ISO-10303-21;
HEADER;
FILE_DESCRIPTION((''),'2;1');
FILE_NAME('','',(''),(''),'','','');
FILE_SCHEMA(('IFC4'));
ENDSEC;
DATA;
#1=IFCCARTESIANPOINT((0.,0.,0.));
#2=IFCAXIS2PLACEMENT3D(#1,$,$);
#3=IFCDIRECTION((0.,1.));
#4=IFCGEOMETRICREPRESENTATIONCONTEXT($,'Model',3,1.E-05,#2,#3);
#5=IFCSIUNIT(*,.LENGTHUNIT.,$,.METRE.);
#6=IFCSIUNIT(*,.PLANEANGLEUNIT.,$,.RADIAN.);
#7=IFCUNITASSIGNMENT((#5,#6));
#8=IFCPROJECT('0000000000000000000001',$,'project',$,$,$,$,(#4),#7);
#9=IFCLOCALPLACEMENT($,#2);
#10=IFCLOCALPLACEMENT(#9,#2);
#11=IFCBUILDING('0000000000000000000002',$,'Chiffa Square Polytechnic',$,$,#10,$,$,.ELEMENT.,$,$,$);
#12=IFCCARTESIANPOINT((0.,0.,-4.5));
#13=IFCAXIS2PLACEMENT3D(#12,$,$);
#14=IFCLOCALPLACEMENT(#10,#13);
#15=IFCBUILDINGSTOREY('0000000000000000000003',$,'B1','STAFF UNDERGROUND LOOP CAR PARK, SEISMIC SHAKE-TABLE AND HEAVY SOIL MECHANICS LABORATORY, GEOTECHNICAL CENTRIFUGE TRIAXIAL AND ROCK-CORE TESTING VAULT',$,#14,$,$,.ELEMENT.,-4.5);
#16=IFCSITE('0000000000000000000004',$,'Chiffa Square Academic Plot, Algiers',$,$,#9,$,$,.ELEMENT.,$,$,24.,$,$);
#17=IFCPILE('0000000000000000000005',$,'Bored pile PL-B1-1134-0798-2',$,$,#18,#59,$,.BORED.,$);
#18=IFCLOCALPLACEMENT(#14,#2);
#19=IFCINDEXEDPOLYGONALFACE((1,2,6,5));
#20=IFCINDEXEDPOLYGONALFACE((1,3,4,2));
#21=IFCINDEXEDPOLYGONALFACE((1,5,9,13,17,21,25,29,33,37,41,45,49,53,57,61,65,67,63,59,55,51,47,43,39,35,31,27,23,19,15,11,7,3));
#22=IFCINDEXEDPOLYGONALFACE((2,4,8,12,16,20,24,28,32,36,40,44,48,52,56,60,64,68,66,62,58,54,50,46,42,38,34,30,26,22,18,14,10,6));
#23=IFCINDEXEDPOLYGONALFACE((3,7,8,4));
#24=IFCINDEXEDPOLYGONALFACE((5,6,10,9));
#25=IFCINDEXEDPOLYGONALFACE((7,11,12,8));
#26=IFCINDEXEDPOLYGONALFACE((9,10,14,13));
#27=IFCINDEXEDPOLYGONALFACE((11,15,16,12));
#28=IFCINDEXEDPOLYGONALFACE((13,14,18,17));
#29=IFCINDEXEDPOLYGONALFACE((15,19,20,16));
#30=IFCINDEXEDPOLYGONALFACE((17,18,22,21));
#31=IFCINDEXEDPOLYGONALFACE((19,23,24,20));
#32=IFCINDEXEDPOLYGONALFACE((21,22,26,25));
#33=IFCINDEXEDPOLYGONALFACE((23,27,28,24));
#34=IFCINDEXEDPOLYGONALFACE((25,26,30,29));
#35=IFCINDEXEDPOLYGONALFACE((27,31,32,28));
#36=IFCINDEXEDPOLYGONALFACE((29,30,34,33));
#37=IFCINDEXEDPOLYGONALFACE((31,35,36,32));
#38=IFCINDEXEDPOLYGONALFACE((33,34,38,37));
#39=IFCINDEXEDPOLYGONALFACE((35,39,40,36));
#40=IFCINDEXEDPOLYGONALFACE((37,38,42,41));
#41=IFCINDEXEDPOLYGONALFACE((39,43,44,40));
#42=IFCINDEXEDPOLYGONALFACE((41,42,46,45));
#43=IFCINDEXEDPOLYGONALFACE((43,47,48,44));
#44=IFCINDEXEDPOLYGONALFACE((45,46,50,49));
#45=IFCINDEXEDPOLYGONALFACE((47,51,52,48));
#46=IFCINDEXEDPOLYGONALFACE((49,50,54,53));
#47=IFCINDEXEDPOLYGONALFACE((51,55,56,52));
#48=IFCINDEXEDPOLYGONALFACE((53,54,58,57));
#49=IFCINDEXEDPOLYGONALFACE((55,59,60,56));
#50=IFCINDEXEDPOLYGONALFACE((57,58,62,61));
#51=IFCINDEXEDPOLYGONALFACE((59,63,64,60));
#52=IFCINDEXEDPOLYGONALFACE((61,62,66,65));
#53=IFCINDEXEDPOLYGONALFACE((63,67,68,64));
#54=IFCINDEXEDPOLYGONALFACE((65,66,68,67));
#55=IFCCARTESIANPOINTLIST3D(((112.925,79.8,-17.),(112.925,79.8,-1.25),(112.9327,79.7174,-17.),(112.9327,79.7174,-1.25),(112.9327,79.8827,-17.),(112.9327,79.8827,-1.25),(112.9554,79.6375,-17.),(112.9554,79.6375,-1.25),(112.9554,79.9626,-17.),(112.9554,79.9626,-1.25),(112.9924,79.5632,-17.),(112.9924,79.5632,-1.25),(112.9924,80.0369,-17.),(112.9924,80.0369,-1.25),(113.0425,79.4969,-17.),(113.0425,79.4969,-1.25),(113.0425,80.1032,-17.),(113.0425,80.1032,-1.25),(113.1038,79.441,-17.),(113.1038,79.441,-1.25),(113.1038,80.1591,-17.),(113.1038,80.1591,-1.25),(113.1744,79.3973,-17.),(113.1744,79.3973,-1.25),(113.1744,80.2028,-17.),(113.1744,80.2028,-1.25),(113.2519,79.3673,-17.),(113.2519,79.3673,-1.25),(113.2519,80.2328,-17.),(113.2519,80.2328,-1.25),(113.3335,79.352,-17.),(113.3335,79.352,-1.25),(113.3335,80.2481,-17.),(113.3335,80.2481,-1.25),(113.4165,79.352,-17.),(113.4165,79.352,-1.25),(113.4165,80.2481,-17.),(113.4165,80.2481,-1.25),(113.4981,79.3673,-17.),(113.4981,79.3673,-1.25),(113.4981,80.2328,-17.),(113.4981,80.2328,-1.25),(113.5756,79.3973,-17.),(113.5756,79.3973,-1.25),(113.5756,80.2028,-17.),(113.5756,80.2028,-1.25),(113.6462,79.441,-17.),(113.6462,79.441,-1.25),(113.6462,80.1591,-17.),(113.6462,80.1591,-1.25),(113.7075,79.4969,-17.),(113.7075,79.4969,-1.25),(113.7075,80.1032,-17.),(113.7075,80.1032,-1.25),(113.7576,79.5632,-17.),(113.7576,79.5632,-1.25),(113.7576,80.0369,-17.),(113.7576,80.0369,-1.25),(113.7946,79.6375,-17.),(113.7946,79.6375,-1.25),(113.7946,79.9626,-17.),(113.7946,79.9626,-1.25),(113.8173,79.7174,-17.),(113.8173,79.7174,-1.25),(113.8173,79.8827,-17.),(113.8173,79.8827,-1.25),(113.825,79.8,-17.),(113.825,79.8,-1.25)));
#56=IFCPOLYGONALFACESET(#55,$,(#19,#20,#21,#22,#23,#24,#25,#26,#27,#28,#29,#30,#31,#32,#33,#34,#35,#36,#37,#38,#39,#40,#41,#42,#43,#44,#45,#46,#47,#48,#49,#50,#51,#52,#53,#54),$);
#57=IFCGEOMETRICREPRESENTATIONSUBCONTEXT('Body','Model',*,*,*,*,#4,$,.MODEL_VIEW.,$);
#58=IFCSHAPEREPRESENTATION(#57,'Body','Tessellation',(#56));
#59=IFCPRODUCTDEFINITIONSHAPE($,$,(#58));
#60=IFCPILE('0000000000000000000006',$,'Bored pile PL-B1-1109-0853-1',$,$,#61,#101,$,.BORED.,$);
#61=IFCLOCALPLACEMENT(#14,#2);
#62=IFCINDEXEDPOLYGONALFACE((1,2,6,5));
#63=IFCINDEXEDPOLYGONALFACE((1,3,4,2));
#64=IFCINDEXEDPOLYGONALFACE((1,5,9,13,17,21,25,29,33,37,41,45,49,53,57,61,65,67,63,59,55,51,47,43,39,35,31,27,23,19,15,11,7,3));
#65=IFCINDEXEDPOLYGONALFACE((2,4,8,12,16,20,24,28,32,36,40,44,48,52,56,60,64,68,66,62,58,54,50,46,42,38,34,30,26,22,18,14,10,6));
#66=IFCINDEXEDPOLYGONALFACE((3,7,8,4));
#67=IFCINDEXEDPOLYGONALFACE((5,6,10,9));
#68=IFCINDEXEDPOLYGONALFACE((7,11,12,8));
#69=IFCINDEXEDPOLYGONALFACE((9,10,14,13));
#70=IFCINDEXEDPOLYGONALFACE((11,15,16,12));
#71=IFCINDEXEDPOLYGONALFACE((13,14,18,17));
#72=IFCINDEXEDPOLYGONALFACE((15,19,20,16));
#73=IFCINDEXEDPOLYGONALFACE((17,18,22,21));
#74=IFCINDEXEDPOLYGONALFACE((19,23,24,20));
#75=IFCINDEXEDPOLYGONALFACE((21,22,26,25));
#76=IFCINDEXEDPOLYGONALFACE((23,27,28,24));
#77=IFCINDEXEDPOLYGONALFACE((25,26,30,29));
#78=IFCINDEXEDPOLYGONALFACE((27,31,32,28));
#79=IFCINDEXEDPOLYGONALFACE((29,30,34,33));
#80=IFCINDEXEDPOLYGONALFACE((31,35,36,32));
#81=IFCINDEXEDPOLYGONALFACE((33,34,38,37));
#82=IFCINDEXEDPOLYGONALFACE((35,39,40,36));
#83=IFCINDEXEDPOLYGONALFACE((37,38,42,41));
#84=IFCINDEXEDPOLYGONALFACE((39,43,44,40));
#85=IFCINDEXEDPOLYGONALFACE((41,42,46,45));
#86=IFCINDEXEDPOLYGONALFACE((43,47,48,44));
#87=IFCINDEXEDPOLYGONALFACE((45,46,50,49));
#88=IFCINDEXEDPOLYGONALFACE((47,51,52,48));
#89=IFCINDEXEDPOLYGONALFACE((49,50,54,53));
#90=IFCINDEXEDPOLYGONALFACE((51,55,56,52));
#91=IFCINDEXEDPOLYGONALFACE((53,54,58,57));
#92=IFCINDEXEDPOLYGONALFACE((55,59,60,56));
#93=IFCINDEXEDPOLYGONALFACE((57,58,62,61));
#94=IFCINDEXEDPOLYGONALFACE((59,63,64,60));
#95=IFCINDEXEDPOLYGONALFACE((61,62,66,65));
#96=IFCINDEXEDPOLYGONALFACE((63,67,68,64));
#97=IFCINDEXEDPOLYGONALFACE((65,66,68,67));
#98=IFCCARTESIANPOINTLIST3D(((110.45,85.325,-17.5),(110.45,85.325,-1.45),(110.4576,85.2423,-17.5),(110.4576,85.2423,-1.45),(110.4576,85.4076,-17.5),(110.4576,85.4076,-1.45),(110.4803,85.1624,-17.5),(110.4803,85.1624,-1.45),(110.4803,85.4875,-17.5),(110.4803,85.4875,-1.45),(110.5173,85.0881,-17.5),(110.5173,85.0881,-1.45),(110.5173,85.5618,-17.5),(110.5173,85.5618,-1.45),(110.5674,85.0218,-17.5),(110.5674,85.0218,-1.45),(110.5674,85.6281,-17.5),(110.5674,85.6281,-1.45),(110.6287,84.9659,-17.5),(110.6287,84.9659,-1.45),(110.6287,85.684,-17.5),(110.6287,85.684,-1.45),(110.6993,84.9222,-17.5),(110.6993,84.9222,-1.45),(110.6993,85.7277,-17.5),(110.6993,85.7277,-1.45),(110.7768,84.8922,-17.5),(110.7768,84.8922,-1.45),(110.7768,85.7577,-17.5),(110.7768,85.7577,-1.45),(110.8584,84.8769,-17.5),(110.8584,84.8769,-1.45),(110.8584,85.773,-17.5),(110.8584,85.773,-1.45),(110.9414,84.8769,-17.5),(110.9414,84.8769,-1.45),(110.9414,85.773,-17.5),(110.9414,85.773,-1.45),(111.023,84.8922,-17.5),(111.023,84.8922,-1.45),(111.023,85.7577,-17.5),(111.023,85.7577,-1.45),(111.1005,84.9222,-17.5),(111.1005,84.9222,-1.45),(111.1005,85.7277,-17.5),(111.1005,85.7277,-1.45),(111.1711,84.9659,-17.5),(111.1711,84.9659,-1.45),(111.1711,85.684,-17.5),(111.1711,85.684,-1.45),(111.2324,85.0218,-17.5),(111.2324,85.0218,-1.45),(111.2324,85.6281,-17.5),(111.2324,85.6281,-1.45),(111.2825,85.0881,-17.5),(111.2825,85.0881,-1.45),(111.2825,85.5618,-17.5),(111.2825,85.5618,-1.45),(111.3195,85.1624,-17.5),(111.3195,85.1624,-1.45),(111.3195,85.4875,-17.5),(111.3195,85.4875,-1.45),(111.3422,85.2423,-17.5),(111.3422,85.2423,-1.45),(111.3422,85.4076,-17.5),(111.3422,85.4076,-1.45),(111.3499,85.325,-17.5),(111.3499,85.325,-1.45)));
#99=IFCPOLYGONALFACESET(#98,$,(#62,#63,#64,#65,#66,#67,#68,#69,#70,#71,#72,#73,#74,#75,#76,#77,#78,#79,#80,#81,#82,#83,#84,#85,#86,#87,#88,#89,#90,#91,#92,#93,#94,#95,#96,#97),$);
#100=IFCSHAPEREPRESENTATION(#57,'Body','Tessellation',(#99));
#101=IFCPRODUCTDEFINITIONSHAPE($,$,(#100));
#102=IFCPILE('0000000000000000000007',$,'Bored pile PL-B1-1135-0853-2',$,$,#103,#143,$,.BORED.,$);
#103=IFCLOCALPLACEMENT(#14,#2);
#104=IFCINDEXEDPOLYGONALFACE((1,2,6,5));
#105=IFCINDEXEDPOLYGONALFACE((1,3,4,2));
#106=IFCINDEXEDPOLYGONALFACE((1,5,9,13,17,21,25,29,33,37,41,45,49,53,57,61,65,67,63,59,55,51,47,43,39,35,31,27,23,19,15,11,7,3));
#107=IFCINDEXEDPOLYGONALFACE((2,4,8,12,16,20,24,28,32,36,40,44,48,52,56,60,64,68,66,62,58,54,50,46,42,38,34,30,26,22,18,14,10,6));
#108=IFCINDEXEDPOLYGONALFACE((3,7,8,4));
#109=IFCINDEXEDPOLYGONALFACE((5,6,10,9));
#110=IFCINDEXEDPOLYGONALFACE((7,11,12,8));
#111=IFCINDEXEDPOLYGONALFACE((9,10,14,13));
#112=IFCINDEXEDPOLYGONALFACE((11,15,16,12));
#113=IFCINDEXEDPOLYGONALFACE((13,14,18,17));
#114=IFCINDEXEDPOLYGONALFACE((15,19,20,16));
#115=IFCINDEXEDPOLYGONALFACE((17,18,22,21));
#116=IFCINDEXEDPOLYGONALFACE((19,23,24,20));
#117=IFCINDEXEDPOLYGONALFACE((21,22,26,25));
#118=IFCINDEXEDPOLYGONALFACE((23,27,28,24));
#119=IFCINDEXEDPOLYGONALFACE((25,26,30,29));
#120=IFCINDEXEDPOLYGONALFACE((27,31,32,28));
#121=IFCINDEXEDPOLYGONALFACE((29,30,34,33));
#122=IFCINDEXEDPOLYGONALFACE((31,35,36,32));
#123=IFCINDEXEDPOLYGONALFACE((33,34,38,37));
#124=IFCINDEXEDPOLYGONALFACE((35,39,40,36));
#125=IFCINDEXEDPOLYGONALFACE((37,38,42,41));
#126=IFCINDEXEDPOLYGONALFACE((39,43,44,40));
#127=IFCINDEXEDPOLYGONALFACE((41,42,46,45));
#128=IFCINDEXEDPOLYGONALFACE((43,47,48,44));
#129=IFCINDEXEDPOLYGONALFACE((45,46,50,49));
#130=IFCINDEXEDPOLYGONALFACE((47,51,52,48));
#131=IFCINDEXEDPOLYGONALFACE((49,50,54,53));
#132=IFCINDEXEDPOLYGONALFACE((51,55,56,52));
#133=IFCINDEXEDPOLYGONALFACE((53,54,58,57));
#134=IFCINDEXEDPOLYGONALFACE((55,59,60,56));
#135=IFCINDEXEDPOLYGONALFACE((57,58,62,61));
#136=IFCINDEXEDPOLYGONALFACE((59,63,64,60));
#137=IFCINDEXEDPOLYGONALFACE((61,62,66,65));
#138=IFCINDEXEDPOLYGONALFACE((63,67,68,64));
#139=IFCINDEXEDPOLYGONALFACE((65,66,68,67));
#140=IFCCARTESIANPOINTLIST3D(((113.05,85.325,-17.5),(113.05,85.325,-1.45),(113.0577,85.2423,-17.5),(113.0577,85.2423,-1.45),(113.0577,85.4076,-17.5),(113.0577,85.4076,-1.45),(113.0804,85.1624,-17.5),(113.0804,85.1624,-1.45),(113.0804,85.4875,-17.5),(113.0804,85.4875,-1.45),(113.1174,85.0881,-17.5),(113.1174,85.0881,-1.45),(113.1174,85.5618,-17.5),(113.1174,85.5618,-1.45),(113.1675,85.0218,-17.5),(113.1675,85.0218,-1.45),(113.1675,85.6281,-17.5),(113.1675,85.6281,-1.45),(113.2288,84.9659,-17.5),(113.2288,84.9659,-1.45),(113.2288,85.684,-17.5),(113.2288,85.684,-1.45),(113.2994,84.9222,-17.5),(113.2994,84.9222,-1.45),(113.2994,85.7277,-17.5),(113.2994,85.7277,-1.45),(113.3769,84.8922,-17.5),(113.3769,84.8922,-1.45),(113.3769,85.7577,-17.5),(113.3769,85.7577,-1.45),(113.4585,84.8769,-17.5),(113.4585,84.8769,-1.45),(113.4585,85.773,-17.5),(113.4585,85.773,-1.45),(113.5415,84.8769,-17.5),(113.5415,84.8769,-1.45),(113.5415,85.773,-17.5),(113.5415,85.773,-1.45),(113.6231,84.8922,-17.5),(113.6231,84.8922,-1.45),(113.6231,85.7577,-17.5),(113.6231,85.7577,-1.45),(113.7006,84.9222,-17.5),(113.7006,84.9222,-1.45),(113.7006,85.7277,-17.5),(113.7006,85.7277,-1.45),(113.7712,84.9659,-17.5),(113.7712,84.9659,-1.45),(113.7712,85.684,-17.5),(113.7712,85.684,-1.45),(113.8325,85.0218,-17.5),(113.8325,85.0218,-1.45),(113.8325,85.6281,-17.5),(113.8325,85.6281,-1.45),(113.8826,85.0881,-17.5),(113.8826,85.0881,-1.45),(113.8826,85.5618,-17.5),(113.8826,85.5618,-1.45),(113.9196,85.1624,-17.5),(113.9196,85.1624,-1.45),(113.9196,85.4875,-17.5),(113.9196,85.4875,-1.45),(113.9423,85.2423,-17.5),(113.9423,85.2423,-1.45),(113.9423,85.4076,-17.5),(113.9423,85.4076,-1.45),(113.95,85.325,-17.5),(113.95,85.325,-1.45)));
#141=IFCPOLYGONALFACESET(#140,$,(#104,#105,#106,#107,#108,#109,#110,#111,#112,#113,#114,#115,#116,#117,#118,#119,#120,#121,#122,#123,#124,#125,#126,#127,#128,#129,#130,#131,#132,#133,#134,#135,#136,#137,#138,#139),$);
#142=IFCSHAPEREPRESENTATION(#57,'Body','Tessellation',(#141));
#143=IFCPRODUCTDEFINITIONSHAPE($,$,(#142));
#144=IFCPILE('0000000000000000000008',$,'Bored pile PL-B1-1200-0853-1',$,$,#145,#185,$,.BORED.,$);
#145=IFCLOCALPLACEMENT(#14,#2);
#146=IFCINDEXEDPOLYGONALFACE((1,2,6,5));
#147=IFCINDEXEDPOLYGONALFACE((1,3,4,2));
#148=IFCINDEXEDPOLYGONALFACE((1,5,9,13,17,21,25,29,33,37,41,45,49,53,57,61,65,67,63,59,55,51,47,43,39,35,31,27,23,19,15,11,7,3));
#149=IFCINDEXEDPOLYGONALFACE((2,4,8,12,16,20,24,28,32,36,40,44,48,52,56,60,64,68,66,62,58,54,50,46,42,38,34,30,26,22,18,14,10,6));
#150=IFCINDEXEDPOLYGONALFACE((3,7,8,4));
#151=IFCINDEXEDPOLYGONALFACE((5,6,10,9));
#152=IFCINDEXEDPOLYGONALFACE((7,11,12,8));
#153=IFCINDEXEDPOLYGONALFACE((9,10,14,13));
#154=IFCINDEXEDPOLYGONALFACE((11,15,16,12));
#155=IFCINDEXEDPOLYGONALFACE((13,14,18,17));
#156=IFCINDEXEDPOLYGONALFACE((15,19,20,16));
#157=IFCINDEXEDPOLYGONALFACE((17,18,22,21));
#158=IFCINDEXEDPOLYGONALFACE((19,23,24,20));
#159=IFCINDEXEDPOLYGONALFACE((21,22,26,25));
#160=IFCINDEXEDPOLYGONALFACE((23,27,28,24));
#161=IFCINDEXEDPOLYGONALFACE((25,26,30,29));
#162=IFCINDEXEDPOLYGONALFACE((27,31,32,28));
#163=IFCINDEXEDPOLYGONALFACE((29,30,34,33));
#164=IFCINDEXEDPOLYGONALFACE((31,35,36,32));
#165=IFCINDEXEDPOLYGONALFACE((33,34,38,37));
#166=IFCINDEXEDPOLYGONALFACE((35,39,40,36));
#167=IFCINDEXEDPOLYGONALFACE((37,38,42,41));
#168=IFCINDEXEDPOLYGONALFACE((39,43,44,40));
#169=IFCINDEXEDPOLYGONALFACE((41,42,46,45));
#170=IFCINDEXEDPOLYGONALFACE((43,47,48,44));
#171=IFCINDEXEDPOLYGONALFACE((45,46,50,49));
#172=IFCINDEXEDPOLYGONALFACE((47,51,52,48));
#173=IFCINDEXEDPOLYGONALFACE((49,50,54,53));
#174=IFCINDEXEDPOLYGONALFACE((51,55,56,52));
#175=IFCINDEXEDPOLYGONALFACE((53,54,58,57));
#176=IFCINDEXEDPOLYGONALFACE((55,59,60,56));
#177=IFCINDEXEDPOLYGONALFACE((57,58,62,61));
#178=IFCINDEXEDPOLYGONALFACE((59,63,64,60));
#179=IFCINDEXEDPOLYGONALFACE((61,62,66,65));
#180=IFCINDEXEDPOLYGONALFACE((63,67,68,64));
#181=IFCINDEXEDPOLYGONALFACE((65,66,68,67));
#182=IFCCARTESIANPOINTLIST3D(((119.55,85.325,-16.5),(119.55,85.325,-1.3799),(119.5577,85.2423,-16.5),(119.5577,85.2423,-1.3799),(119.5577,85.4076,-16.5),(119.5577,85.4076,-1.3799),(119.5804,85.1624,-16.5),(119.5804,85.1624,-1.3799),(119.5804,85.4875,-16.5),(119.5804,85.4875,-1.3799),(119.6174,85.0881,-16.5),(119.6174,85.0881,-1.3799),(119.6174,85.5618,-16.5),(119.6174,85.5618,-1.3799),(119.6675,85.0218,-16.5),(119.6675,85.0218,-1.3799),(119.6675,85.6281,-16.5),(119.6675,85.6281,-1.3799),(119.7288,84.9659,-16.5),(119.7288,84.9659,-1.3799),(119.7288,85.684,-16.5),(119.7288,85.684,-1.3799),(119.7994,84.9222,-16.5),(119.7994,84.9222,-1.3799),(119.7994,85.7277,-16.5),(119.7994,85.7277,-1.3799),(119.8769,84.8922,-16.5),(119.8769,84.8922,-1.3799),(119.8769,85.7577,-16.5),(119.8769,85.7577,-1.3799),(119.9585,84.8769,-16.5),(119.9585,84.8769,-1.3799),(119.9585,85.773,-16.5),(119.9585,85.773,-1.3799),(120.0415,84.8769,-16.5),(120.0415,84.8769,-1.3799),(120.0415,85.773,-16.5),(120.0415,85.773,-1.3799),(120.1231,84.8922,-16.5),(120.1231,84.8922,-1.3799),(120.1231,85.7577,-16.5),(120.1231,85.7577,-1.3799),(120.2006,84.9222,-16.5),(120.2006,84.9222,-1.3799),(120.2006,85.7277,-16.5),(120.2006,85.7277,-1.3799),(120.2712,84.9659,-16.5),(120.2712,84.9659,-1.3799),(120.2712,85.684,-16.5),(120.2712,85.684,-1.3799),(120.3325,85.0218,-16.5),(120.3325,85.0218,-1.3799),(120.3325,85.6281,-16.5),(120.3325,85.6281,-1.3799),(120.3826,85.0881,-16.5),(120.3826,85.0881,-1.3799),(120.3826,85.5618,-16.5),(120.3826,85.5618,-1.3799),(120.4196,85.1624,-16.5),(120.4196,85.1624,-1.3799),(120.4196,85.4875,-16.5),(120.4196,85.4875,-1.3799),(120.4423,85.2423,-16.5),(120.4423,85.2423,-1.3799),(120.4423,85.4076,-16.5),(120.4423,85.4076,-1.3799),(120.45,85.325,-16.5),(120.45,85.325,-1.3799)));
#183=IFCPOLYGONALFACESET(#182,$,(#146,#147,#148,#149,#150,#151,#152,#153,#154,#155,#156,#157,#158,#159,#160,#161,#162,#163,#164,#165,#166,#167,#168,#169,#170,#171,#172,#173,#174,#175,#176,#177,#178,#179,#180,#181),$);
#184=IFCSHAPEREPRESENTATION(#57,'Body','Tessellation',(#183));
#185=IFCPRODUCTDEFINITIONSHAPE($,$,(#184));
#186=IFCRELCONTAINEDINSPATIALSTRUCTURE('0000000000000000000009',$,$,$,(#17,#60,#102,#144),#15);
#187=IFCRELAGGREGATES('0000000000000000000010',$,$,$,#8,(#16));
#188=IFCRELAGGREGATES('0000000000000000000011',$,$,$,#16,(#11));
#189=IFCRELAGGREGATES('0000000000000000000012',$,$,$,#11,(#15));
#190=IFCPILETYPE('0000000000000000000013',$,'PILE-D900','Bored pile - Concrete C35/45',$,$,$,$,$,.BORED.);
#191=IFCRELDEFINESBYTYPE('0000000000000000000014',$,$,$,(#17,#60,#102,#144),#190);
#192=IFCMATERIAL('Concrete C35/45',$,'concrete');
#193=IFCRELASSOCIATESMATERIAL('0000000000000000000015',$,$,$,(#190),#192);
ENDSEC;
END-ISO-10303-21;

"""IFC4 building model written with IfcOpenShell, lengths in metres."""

from ifc_helpers import new_model, si_unit, direction, frame, origin, origin_2d, place, context, subcontext, project, spatial, circle, extrude, material, material_profile, profile_set, type_object, element, save


model = new_model("IFC4")

# Units and contexts
model_context = context("Model", 3, precision=1e-05, world=origin(), true_north=direction((0.0, 1.0)))
body_context = subcontext(model_context, "Body", "Model", "MODEL_VIEW")
ifc_project = project(units=[si_unit("LENGTHUNIT", "METRE"), si_unit("PLANEANGLEUNIT", "RADIAN")], contexts=[model_context])

# Site, building, storey
site_placement = place(None, origin())
site = spatial("IfcSite", under=ifc_project, at=site_placement, Name="Chiffa Square Academic Plot, Algiers", CompositionType="ELEMENT", RefElevation=24.0)
building_placement = place(site_placement, origin())
building = spatial("IfcBuilding", under=site, at=building_placement, Name="Chiffa Square Polytechnic", CompositionType="ELEMENT")
storey_placement = place(building_placement, frame((0.0, 0.0, -4.5)))
storey = spatial("IfcBuildingStorey", under=building, at=storey_placement, Name="B1", Description="STAFF UNDERGROUND LOOP CAR PARK, SEISMIC SHAKE-TABLE AND HEAVY SOIL MECHANICS LABORATORY, GEOTECHNICAL CENTRIFUGE TRIAXIAL AND ROCK-CORE TESTING VAULT", CompositionType="ELEMENT", Elevation=-4.5)

# Shared definitions
ifc_material = material(Name="Concrete C35/45", Category="concrete")

# Piles
ifc_material_profile_1 = material_profile(ifc_material, circle(Radius=0.45, at=origin_2d()), Name="PILE D900")
ifc_profile_set_1 = profile_set([ifc_material_profile_1], Name="Concrete C35/45")
pile_type_1 = type_object("IfcPileType", Name="PILE-D900", Description="Bored pile - Concrete C35/45", PredefinedType="BORED", material=ifc_profile_set_1)
for number, where, z_axis, x_axis, name in (
    (1, (113.375, 79.8, -1.25), (0.0, 0.0, -1.0), (1.0, 0.0, 0.0), "Bored pile PL-B1-1134-0798-2"),
):
    element("IfcPile", number, at=place(storey_placement, frame(where, z_axis=z_axis, x_axis=x_axis)), inside=storey, type_object=pile_type_1, Name=name, PredefinedType="BORED", context=body_context, shape_type="SweptSolid", body=[
        extrude(circle(Radius=0.45, at=origin_2d()), origin(), (0.0, 0.0, 1.0), 15.75),
    ])
for number, where, z_axis, x_axis, name in (
    (2, (110.8999, 85.325, -1.45), (0.0, 0.0, -1.0), (1.0, 0.0, 0.0), "Bored pile PL-B1-1109-0853-1"),
    (3, (113.5, 85.325, -1.45), (0.0, 0.0, -1.0), (1.0, 0.0, 0.0), "Bored pile PL-B1-1135-0853-2"),
):
    element("IfcPile", number, at=place(storey_placement, frame(where, z_axis=z_axis, x_axis=x_axis)), inside=storey, type_object=pile_type_1, Name=name, PredefinedType="BORED", context=body_context, shape_type="SweptSolid", body=[
        extrude(circle(Radius=0.45, at=origin_2d()), origin(), (0.0, 0.0, 1.0), 16.05),
    ])
for number, where, z_axis, x_axis, name in (
    (4, (120.0, 85.325, -1.3799), (0.0, 0.0, -1.0), (1.0, 0.0, 0.0), "Bored pile PL-B1-1200-0853-1"),
):
    element("IfcPile", number, at=place(storey_placement, frame(where, z_axis=z_axis, x_axis=x_axis)), inside=storey, type_object=pile_type_1, Name=name, PredefinedType="BORED", context=body_context, shape_type="SweptSolid", body=[
        extrude(circle(Radius=0.45, at=origin_2d()), origin(), (0.0, 0.0, 1.0), 15.1201),
    ])

save(model, "model.ifc")
